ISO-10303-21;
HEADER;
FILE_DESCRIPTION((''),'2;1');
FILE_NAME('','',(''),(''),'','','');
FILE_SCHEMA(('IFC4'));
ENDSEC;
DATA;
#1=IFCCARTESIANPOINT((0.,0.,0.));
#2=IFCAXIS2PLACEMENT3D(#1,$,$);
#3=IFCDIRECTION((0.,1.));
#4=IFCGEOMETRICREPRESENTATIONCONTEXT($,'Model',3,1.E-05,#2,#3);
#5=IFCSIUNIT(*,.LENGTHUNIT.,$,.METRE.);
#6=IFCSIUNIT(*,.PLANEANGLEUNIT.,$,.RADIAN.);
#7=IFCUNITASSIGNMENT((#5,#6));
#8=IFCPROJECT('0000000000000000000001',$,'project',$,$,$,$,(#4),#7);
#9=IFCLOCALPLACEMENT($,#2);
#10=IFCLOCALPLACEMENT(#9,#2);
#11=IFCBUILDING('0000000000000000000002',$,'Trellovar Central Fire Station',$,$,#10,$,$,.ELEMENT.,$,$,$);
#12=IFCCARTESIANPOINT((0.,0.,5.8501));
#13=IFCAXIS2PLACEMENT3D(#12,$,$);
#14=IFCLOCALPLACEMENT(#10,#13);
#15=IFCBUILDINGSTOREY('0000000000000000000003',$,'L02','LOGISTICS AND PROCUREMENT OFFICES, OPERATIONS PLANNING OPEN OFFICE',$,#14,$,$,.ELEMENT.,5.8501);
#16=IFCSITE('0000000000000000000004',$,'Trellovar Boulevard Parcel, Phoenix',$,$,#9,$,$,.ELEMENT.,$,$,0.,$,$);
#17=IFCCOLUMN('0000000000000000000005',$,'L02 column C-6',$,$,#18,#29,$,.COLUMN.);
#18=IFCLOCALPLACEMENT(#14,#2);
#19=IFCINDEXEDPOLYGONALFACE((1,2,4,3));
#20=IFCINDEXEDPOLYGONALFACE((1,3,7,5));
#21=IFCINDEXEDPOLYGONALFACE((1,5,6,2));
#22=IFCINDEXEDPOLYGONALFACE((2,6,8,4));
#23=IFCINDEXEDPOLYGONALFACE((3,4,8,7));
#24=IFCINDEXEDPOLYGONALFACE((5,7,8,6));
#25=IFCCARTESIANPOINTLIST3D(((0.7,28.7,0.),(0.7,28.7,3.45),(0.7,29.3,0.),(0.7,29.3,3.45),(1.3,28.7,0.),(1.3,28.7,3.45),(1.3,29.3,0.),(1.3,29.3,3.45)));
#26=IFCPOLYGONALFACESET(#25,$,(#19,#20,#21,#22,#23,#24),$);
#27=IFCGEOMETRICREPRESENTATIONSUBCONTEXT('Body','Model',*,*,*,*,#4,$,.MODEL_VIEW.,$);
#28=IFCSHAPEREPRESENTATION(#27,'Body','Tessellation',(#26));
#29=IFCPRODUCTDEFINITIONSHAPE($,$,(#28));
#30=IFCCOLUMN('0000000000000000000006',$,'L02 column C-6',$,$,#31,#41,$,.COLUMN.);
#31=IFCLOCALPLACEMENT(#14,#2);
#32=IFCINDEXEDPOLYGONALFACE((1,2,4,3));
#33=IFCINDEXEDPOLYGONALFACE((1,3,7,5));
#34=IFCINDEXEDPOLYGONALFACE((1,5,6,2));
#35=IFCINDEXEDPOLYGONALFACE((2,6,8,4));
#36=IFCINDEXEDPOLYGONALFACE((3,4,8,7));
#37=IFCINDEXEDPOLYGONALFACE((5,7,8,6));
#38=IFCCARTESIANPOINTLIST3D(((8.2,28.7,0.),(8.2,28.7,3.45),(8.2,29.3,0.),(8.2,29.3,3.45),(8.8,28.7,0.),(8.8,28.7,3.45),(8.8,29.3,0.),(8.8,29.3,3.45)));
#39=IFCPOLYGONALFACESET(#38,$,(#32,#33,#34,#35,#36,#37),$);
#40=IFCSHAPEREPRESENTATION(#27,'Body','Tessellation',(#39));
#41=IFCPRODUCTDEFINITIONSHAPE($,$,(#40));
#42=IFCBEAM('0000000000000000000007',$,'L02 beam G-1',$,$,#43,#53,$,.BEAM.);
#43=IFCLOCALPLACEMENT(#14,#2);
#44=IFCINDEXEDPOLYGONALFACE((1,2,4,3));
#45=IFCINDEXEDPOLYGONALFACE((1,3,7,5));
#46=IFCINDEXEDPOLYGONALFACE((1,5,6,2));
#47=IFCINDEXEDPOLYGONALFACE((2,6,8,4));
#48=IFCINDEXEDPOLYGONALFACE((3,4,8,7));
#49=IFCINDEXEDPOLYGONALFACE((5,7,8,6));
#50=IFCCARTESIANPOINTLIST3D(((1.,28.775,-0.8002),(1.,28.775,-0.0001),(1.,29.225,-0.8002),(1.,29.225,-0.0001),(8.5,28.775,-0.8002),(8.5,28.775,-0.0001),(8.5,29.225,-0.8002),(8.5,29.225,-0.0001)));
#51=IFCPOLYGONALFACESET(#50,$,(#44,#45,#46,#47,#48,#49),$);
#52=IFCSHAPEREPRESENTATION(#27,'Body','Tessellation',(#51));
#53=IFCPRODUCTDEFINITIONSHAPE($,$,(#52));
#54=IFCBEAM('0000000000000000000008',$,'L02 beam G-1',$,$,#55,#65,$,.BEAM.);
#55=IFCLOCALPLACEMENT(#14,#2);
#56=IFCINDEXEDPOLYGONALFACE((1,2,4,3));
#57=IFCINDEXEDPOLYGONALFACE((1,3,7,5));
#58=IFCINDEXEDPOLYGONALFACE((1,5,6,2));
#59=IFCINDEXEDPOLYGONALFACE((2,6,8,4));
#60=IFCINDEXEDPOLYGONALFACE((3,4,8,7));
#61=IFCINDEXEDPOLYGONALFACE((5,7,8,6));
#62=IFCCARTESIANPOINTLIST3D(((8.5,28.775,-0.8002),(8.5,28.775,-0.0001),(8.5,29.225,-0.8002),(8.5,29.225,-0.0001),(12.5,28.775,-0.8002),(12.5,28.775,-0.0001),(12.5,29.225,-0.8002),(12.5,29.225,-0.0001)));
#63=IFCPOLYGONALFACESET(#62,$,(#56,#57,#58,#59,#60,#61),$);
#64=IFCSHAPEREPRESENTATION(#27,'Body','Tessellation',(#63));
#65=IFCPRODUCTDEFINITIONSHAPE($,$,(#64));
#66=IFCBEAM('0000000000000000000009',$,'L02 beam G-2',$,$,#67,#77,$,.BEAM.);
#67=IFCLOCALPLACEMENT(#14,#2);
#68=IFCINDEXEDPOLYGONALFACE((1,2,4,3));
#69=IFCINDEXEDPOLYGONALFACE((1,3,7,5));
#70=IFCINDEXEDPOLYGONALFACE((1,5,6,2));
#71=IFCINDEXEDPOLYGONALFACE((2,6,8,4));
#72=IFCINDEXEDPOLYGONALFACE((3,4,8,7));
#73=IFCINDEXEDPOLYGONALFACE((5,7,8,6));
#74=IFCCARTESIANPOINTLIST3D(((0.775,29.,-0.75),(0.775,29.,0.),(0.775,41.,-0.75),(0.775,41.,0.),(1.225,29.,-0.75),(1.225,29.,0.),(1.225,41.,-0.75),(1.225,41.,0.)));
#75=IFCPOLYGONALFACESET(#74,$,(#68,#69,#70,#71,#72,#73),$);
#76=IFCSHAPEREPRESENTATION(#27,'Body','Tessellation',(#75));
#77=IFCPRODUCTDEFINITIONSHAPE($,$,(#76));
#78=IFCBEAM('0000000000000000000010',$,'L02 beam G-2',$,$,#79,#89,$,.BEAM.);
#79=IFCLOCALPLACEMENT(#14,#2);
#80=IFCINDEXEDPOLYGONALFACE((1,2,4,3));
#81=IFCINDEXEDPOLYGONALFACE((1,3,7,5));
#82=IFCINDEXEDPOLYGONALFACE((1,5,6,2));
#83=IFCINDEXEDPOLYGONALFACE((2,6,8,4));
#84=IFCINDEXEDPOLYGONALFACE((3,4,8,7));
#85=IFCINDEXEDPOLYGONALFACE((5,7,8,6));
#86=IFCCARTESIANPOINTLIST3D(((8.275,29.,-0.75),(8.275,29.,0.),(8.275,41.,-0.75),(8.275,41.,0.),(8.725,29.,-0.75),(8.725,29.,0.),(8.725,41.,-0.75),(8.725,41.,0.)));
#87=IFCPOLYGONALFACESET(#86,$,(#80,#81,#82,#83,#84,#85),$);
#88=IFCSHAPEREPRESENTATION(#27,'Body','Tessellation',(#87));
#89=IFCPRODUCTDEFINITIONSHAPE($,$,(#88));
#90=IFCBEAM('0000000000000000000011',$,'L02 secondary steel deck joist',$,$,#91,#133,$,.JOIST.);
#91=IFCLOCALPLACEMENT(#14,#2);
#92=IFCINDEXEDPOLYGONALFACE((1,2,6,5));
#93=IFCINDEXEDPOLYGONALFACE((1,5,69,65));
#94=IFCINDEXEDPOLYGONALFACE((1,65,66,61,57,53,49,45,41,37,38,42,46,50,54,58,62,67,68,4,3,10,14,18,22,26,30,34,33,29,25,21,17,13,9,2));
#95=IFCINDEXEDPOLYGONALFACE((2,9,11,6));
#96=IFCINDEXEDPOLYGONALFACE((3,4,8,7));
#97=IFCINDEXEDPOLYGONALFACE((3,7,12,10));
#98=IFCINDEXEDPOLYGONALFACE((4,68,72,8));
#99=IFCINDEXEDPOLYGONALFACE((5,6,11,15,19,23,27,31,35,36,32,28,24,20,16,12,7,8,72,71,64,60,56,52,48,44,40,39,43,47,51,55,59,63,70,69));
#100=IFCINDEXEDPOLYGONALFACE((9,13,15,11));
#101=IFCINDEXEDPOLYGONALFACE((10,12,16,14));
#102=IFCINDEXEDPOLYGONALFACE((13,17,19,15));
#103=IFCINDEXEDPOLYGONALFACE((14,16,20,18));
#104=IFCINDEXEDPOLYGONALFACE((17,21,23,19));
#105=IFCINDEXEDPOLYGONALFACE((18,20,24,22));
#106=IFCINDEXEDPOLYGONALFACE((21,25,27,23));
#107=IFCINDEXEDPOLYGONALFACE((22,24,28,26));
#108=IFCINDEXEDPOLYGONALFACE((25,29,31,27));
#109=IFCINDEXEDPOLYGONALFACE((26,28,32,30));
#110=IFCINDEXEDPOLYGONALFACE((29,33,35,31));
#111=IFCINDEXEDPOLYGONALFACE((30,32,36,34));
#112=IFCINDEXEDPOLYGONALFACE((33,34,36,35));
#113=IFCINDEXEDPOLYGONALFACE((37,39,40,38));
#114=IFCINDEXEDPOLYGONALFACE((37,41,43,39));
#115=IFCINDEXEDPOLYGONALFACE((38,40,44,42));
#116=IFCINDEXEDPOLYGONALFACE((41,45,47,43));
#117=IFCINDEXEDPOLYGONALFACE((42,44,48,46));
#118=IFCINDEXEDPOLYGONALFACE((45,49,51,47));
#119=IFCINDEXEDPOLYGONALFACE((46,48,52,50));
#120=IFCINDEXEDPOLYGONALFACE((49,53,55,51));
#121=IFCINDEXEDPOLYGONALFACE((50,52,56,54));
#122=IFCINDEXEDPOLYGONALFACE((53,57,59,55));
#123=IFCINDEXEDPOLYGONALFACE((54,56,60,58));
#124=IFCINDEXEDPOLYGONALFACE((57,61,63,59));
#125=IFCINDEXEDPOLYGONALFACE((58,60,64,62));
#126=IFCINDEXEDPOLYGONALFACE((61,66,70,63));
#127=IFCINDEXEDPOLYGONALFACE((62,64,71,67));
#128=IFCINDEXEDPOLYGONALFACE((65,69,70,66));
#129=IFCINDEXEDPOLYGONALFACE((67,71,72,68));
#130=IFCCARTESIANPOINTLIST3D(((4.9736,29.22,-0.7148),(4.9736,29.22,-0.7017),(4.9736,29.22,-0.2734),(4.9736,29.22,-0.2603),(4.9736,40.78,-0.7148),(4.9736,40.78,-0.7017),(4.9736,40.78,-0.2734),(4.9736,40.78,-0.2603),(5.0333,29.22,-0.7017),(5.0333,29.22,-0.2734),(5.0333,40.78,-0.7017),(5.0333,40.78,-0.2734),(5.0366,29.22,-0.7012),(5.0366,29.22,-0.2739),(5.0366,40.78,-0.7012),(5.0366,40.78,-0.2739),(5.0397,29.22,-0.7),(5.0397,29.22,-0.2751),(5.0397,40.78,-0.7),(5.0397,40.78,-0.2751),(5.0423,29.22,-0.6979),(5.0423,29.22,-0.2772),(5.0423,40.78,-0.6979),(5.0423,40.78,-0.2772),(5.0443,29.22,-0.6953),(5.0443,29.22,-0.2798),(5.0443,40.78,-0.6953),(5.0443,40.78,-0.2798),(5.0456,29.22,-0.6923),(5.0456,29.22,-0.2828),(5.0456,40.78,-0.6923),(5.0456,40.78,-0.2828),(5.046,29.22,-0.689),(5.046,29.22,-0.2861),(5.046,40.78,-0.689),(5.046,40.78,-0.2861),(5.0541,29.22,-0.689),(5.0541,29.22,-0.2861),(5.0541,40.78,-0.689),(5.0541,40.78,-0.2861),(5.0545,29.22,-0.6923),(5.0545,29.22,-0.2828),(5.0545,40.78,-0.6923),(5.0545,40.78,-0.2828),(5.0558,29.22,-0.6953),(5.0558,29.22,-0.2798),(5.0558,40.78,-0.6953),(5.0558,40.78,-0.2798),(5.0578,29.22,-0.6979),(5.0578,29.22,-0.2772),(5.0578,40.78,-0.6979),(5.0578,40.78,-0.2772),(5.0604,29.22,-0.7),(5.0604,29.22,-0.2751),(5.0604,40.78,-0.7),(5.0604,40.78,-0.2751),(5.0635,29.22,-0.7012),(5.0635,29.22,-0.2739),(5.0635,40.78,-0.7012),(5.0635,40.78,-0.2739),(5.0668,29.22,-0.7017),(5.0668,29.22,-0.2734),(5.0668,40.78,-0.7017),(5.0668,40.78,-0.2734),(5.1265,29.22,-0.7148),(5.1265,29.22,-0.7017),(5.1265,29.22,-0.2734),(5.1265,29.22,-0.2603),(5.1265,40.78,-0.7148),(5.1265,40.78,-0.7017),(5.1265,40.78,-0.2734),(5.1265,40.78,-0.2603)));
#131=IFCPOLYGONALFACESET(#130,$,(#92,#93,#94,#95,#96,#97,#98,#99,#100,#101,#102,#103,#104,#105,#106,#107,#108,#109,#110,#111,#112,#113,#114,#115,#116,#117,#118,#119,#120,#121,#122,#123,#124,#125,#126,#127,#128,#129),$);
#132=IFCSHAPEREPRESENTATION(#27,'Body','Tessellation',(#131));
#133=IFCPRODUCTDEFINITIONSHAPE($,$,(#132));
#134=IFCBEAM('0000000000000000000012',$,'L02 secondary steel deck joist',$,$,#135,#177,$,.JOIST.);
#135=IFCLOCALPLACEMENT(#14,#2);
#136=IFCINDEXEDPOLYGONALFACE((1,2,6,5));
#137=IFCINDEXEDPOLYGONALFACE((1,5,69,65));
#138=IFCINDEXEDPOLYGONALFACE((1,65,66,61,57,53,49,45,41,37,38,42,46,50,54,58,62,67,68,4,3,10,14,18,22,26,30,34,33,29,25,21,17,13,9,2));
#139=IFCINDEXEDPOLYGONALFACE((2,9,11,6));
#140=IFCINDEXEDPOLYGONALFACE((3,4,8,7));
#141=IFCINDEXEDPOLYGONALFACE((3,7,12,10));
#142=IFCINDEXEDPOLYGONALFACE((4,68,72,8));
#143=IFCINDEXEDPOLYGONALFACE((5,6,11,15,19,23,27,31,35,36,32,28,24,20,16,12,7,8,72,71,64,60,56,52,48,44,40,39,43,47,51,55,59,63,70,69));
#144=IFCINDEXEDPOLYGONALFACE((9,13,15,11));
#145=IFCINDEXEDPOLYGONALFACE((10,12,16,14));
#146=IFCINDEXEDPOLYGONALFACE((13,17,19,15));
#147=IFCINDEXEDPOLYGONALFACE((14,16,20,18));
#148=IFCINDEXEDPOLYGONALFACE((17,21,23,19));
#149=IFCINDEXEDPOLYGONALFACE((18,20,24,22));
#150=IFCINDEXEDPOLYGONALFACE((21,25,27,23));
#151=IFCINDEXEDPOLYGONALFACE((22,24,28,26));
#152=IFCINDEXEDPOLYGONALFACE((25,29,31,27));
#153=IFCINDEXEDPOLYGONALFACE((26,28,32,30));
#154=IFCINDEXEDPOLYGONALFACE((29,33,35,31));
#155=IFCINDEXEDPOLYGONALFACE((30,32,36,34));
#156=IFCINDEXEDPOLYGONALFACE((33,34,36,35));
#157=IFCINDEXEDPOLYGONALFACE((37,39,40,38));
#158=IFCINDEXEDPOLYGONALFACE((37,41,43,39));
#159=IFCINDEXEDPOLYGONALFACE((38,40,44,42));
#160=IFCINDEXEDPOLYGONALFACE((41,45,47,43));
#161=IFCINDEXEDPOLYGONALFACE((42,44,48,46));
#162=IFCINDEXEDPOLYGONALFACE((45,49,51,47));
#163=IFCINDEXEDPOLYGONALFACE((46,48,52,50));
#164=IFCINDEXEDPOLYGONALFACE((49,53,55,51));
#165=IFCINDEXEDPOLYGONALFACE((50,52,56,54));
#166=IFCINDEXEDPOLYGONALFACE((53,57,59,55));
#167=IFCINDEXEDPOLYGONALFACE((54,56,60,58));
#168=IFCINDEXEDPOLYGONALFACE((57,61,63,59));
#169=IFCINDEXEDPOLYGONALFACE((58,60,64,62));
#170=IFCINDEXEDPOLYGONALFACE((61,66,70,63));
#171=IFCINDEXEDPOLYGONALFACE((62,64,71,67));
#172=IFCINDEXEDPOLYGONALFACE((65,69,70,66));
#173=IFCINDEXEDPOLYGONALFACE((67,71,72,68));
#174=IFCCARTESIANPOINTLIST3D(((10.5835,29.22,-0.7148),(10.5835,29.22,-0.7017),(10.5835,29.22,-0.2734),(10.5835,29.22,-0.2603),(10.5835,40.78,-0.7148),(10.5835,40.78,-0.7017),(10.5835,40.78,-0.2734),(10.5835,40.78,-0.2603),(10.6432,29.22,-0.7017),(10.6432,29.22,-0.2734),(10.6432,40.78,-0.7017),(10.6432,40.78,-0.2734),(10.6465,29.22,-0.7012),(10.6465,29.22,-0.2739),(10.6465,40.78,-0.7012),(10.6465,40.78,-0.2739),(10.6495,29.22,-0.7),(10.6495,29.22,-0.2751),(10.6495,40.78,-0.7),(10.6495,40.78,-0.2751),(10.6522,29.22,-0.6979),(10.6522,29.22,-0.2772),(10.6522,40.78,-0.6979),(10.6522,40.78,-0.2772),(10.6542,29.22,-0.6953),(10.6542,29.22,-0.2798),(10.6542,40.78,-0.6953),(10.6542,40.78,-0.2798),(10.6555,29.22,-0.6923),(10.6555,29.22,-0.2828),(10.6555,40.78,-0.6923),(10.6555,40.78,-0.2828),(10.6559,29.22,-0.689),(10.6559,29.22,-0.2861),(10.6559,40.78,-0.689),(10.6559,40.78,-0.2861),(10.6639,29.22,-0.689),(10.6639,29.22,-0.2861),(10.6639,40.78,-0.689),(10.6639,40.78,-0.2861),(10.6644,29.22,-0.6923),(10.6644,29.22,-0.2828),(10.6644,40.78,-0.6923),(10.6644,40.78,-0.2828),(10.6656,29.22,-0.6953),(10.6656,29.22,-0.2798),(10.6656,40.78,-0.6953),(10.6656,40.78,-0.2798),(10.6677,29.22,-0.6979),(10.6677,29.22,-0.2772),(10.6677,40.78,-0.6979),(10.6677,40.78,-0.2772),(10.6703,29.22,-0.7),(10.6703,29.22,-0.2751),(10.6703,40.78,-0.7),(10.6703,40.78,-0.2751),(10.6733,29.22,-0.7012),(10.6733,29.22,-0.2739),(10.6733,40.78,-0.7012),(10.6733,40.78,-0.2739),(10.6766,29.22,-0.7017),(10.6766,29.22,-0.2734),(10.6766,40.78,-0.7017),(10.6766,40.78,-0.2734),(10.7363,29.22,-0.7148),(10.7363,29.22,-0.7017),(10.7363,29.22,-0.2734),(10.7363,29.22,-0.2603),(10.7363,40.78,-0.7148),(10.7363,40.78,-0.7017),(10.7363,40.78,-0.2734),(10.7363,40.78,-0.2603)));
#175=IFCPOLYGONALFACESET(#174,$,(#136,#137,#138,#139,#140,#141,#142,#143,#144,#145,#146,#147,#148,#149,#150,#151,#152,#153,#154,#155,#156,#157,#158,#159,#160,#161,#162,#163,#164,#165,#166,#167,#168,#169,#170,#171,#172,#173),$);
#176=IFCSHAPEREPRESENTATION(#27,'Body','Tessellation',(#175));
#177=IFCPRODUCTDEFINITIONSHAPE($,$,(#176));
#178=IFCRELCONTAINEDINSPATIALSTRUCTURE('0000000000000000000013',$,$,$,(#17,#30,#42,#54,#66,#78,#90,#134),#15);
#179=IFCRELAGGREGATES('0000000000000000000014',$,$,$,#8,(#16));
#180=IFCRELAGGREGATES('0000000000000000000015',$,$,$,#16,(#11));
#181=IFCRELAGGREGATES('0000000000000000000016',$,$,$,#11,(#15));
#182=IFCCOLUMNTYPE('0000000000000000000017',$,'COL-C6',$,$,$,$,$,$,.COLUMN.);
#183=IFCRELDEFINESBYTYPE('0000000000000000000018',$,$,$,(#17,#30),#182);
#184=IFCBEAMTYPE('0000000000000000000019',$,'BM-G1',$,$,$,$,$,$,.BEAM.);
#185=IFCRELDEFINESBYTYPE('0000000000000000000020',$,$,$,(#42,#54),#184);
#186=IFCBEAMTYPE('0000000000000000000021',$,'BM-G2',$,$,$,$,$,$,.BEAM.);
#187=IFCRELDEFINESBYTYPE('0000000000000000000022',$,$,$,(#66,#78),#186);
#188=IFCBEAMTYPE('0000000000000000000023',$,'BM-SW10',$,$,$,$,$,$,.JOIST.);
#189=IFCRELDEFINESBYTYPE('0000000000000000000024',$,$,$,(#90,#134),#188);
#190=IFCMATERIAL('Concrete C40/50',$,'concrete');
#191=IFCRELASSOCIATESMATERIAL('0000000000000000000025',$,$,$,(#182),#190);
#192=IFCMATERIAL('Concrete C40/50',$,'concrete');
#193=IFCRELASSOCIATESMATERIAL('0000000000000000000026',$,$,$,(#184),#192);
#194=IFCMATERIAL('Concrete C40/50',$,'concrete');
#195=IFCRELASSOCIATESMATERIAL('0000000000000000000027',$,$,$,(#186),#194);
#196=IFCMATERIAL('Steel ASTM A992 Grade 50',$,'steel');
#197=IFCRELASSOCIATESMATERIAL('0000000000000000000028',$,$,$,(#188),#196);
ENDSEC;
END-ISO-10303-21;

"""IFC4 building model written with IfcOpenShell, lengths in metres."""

from ifc_helpers import new_model, si_unit, direction, frame, origin, origin_2d, place, context, subcontext, project, spatial, rectangle, i_section, extrude, material, material_profile, profile_set, type_object, element, save


model = new_model("IFC4")

# Units and contexts
model_context = context("Model", 3, precision=1e-05, world=origin(), true_north=direction((0.0, 1.0)))
body_context = subcontext(model_context, "Body", "Model", "MODEL_VIEW")
ifc_project = project(units=[si_unit("LENGTHUNIT", "METRE"), si_unit("PLANEANGLEUNIT", "RADIAN")], contexts=[model_context])

# Site, building, storey
site_placement = place(None, origin())
site = spatial("IfcSite", under=ifc_project, at=site_placement, Name="Trellovar Boulevard Parcel, Phoenix", CompositionType="ELEMENT", RefElevation=0.0)
building_placement = place(site_placement, origin())
building = spatial("IfcBuilding", under=site, at=building_placement, Name="Trellovar Central Fire Station", CompositionType="ELEMENT")
storey_placement = place(building_placement, frame((0.0, 0.0, 5.8501)))
storey = spatial("IfcBuildingStorey", under=building, at=storey_placement, Name="L02", Description="LOGISTICS AND PROCUREMENT OFFICES, OPERATIONS PLANNING OPEN OFFICE", CompositionType="ELEMENT", Elevation=5.8501)

# Columns
ifc_material_1 = material(Name="Concrete C40/50", Category="concrete")
ifc_material_profile_1 = material_profile(ifc_material_1, rectangle(XDim=0.6001, YDim=0.6001, at=origin_2d()), Name="RC600X600")
ifc_profile_set_1 = profile_set([ifc_material_profile_1], Name="Concrete C40/50")
column_type = type_object("IfcColumnType", Name="COL-C6", PredefinedType="COLUMN", material=ifc_profile_set_1)
for number, where, z_axis, x_axis, name in (
    (1, (1.0, 29.0, 0.0), (0.0, 0.0, 1.0), (1.0, 0.0, 0.0), "L02 column C-6"),
    (2, (8.5, 29.0, 0.0), (0.0, 0.0, 1.0), (1.0, 0.0, 0.0), "L02 column C-6"),
):
    element("IfcColumn", number, at=place(storey_placement, frame(where, z_axis=z_axis, x_axis=x_axis)), inside=storey, type_object=column_type, Name=name, PredefinedType="COLUMN", context=body_context, shape_type="SweptSolid", body=[
        extrude(rectangle(XDim=0.6001, YDim=0.6001, at=origin_2d()), origin(), (0.0, 0.0, 1.0), 3.45),
    ])

# Beams
ifc_material_2 = material(Name="Concrete C40/50", Category="concrete")
ifc_material_profile_2 = material_profile(ifc_material_2, rectangle(XDim=0.45, YDim=0.8, at=origin_2d()), Name="RC450X800")
ifc_profile_set_2 = profile_set([ifc_material_profile_2], Name="Concrete C40/50")
beam_type_1 = type_object("IfcBeamType", Name="BM-G1", PredefinedType="BEAM", material=ifc_profile_set_2)
beam_1_placement = place(storey_placement, frame((1.0, 29.0, -0.4001), z_axis=(1.0, 0.0, 0.0), x_axis=(0.0, 1.0, 0.0)))
element("IfcBeam", 3, at=beam_1_placement, inside=storey, type_object=beam_type_1, Name="L02 beam G-1", PredefinedType="BEAM", context=body_context, shape_type="SweptSolid", body=[
    extrude(rectangle(XDim=0.45, YDim=0.8, at=origin_2d()), origin(), (0.0, 0.0, 1.0), 7.5),
])
beam_2_placement = place(storey_placement, frame((8.5, 29.0, -0.4001), z_axis=(1.0, 0.0, 0.0), x_axis=(0.0, 1.0, 0.0)))
element("IfcBeam", 4, at=beam_2_placement, inside=storey, type_object=beam_type_1, Name="L02 beam G-1", PredefinedType="BEAM", context=body_context, shape_type="SweptSolid", body=[
    extrude(rectangle(XDim=0.45, YDim=0.8, at=origin_2d()), origin(), (0.0, 0.0, 1.0), 4.0),
])
ifc_material_3 = material(Name="Concrete C40/50", Category="concrete")
ifc_material_profile_3 = material_profile(ifc_material_3, rectangle(XDim=0.45, YDim=0.75, at=origin_2d()), Name="RC450X750")
ifc_profile_set_3 = profile_set([ifc_material_profile_3], Name="Concrete C40/50")
beam_type_2 = type_object("IfcBeamType", Name="BM-G2", PredefinedType="BEAM", material=ifc_profile_set_3)
for number, where, z_axis, x_axis, name in (
    (5, (1.0, 29.0, -0.375), (0.0, 1.0, 0.0), (-1.0, 0.0, 0.0), "L02 beam G-2"),
    (6, (8.5, 29.0, -0.375), (0.0, 1.0, 0.0), (-1.0, 0.0, 0.0), "L02 beam G-2"),
):
    element("IfcBeam", number, at=place(storey_placement, frame(where, z_axis=z_axis, x_axis=x_axis)), inside=storey, type_object=beam_type_2, Name=name, PredefinedType="BEAM", context=body_context, shape_type="SweptSolid", body=[
        extrude(rectangle(XDim=0.45, YDim=0.75, at=origin_2d()), origin(), (0.0, 0.0, 1.0), 12.0),
    ])
ifc_material_4 = material(Name="Steel ASTM A992 Grade 50", Category="steel")
ifc_material_profile_4 = material_profile(ifc_material_4, i_section(OverallWidth=0.1528, OverallDepth=0.4546, WebThickness=0.0081, FlangeThickness=0.0132, FilletRadius=0.0127, at=origin_2d()), Name="W18X40")
ifc_profile_set_4 = profile_set([ifc_material_profile_4], Name="Steel ASTM A992 Grade 50")
beam_type_3 = type_object("IfcBeamType", Name="BM-SW10", PredefinedType="JOIST", material=ifc_profile_set_4)
for number, where, z_axis, x_axis, name in (
    (7, (5.05, 29.22, -0.4875), (0.0, 1.0, 0.0), (-1.0, 0.0, 0.0), "L02 secondary steel deck joist"),
    (8, (10.6599, 29.22, -0.4875), (0.0, 1.0, 0.0), (-1.0, 0.0, 0.0), "L02 secondary steel deck joist"),
):
    element("IfcBeam", number, at=place(storey_placement, frame(where, z_axis=z_axis, x_axis=x_axis)), inside=storey, type_object=beam_type_3, Name=name, PredefinedType="JOIST", context=body_context, shape_type="SweptSolid", body=[
        extrude(i_section(OverallWidth=0.1528, OverallDepth=0.4546, WebThickness=0.0081, FlangeThickness=0.0132, FilletRadius=0.0127, at=origin_2d()), origin(), (0.0, 0.0, 1.0), 11.5601),
    ])

save(model, "model.ifc")
